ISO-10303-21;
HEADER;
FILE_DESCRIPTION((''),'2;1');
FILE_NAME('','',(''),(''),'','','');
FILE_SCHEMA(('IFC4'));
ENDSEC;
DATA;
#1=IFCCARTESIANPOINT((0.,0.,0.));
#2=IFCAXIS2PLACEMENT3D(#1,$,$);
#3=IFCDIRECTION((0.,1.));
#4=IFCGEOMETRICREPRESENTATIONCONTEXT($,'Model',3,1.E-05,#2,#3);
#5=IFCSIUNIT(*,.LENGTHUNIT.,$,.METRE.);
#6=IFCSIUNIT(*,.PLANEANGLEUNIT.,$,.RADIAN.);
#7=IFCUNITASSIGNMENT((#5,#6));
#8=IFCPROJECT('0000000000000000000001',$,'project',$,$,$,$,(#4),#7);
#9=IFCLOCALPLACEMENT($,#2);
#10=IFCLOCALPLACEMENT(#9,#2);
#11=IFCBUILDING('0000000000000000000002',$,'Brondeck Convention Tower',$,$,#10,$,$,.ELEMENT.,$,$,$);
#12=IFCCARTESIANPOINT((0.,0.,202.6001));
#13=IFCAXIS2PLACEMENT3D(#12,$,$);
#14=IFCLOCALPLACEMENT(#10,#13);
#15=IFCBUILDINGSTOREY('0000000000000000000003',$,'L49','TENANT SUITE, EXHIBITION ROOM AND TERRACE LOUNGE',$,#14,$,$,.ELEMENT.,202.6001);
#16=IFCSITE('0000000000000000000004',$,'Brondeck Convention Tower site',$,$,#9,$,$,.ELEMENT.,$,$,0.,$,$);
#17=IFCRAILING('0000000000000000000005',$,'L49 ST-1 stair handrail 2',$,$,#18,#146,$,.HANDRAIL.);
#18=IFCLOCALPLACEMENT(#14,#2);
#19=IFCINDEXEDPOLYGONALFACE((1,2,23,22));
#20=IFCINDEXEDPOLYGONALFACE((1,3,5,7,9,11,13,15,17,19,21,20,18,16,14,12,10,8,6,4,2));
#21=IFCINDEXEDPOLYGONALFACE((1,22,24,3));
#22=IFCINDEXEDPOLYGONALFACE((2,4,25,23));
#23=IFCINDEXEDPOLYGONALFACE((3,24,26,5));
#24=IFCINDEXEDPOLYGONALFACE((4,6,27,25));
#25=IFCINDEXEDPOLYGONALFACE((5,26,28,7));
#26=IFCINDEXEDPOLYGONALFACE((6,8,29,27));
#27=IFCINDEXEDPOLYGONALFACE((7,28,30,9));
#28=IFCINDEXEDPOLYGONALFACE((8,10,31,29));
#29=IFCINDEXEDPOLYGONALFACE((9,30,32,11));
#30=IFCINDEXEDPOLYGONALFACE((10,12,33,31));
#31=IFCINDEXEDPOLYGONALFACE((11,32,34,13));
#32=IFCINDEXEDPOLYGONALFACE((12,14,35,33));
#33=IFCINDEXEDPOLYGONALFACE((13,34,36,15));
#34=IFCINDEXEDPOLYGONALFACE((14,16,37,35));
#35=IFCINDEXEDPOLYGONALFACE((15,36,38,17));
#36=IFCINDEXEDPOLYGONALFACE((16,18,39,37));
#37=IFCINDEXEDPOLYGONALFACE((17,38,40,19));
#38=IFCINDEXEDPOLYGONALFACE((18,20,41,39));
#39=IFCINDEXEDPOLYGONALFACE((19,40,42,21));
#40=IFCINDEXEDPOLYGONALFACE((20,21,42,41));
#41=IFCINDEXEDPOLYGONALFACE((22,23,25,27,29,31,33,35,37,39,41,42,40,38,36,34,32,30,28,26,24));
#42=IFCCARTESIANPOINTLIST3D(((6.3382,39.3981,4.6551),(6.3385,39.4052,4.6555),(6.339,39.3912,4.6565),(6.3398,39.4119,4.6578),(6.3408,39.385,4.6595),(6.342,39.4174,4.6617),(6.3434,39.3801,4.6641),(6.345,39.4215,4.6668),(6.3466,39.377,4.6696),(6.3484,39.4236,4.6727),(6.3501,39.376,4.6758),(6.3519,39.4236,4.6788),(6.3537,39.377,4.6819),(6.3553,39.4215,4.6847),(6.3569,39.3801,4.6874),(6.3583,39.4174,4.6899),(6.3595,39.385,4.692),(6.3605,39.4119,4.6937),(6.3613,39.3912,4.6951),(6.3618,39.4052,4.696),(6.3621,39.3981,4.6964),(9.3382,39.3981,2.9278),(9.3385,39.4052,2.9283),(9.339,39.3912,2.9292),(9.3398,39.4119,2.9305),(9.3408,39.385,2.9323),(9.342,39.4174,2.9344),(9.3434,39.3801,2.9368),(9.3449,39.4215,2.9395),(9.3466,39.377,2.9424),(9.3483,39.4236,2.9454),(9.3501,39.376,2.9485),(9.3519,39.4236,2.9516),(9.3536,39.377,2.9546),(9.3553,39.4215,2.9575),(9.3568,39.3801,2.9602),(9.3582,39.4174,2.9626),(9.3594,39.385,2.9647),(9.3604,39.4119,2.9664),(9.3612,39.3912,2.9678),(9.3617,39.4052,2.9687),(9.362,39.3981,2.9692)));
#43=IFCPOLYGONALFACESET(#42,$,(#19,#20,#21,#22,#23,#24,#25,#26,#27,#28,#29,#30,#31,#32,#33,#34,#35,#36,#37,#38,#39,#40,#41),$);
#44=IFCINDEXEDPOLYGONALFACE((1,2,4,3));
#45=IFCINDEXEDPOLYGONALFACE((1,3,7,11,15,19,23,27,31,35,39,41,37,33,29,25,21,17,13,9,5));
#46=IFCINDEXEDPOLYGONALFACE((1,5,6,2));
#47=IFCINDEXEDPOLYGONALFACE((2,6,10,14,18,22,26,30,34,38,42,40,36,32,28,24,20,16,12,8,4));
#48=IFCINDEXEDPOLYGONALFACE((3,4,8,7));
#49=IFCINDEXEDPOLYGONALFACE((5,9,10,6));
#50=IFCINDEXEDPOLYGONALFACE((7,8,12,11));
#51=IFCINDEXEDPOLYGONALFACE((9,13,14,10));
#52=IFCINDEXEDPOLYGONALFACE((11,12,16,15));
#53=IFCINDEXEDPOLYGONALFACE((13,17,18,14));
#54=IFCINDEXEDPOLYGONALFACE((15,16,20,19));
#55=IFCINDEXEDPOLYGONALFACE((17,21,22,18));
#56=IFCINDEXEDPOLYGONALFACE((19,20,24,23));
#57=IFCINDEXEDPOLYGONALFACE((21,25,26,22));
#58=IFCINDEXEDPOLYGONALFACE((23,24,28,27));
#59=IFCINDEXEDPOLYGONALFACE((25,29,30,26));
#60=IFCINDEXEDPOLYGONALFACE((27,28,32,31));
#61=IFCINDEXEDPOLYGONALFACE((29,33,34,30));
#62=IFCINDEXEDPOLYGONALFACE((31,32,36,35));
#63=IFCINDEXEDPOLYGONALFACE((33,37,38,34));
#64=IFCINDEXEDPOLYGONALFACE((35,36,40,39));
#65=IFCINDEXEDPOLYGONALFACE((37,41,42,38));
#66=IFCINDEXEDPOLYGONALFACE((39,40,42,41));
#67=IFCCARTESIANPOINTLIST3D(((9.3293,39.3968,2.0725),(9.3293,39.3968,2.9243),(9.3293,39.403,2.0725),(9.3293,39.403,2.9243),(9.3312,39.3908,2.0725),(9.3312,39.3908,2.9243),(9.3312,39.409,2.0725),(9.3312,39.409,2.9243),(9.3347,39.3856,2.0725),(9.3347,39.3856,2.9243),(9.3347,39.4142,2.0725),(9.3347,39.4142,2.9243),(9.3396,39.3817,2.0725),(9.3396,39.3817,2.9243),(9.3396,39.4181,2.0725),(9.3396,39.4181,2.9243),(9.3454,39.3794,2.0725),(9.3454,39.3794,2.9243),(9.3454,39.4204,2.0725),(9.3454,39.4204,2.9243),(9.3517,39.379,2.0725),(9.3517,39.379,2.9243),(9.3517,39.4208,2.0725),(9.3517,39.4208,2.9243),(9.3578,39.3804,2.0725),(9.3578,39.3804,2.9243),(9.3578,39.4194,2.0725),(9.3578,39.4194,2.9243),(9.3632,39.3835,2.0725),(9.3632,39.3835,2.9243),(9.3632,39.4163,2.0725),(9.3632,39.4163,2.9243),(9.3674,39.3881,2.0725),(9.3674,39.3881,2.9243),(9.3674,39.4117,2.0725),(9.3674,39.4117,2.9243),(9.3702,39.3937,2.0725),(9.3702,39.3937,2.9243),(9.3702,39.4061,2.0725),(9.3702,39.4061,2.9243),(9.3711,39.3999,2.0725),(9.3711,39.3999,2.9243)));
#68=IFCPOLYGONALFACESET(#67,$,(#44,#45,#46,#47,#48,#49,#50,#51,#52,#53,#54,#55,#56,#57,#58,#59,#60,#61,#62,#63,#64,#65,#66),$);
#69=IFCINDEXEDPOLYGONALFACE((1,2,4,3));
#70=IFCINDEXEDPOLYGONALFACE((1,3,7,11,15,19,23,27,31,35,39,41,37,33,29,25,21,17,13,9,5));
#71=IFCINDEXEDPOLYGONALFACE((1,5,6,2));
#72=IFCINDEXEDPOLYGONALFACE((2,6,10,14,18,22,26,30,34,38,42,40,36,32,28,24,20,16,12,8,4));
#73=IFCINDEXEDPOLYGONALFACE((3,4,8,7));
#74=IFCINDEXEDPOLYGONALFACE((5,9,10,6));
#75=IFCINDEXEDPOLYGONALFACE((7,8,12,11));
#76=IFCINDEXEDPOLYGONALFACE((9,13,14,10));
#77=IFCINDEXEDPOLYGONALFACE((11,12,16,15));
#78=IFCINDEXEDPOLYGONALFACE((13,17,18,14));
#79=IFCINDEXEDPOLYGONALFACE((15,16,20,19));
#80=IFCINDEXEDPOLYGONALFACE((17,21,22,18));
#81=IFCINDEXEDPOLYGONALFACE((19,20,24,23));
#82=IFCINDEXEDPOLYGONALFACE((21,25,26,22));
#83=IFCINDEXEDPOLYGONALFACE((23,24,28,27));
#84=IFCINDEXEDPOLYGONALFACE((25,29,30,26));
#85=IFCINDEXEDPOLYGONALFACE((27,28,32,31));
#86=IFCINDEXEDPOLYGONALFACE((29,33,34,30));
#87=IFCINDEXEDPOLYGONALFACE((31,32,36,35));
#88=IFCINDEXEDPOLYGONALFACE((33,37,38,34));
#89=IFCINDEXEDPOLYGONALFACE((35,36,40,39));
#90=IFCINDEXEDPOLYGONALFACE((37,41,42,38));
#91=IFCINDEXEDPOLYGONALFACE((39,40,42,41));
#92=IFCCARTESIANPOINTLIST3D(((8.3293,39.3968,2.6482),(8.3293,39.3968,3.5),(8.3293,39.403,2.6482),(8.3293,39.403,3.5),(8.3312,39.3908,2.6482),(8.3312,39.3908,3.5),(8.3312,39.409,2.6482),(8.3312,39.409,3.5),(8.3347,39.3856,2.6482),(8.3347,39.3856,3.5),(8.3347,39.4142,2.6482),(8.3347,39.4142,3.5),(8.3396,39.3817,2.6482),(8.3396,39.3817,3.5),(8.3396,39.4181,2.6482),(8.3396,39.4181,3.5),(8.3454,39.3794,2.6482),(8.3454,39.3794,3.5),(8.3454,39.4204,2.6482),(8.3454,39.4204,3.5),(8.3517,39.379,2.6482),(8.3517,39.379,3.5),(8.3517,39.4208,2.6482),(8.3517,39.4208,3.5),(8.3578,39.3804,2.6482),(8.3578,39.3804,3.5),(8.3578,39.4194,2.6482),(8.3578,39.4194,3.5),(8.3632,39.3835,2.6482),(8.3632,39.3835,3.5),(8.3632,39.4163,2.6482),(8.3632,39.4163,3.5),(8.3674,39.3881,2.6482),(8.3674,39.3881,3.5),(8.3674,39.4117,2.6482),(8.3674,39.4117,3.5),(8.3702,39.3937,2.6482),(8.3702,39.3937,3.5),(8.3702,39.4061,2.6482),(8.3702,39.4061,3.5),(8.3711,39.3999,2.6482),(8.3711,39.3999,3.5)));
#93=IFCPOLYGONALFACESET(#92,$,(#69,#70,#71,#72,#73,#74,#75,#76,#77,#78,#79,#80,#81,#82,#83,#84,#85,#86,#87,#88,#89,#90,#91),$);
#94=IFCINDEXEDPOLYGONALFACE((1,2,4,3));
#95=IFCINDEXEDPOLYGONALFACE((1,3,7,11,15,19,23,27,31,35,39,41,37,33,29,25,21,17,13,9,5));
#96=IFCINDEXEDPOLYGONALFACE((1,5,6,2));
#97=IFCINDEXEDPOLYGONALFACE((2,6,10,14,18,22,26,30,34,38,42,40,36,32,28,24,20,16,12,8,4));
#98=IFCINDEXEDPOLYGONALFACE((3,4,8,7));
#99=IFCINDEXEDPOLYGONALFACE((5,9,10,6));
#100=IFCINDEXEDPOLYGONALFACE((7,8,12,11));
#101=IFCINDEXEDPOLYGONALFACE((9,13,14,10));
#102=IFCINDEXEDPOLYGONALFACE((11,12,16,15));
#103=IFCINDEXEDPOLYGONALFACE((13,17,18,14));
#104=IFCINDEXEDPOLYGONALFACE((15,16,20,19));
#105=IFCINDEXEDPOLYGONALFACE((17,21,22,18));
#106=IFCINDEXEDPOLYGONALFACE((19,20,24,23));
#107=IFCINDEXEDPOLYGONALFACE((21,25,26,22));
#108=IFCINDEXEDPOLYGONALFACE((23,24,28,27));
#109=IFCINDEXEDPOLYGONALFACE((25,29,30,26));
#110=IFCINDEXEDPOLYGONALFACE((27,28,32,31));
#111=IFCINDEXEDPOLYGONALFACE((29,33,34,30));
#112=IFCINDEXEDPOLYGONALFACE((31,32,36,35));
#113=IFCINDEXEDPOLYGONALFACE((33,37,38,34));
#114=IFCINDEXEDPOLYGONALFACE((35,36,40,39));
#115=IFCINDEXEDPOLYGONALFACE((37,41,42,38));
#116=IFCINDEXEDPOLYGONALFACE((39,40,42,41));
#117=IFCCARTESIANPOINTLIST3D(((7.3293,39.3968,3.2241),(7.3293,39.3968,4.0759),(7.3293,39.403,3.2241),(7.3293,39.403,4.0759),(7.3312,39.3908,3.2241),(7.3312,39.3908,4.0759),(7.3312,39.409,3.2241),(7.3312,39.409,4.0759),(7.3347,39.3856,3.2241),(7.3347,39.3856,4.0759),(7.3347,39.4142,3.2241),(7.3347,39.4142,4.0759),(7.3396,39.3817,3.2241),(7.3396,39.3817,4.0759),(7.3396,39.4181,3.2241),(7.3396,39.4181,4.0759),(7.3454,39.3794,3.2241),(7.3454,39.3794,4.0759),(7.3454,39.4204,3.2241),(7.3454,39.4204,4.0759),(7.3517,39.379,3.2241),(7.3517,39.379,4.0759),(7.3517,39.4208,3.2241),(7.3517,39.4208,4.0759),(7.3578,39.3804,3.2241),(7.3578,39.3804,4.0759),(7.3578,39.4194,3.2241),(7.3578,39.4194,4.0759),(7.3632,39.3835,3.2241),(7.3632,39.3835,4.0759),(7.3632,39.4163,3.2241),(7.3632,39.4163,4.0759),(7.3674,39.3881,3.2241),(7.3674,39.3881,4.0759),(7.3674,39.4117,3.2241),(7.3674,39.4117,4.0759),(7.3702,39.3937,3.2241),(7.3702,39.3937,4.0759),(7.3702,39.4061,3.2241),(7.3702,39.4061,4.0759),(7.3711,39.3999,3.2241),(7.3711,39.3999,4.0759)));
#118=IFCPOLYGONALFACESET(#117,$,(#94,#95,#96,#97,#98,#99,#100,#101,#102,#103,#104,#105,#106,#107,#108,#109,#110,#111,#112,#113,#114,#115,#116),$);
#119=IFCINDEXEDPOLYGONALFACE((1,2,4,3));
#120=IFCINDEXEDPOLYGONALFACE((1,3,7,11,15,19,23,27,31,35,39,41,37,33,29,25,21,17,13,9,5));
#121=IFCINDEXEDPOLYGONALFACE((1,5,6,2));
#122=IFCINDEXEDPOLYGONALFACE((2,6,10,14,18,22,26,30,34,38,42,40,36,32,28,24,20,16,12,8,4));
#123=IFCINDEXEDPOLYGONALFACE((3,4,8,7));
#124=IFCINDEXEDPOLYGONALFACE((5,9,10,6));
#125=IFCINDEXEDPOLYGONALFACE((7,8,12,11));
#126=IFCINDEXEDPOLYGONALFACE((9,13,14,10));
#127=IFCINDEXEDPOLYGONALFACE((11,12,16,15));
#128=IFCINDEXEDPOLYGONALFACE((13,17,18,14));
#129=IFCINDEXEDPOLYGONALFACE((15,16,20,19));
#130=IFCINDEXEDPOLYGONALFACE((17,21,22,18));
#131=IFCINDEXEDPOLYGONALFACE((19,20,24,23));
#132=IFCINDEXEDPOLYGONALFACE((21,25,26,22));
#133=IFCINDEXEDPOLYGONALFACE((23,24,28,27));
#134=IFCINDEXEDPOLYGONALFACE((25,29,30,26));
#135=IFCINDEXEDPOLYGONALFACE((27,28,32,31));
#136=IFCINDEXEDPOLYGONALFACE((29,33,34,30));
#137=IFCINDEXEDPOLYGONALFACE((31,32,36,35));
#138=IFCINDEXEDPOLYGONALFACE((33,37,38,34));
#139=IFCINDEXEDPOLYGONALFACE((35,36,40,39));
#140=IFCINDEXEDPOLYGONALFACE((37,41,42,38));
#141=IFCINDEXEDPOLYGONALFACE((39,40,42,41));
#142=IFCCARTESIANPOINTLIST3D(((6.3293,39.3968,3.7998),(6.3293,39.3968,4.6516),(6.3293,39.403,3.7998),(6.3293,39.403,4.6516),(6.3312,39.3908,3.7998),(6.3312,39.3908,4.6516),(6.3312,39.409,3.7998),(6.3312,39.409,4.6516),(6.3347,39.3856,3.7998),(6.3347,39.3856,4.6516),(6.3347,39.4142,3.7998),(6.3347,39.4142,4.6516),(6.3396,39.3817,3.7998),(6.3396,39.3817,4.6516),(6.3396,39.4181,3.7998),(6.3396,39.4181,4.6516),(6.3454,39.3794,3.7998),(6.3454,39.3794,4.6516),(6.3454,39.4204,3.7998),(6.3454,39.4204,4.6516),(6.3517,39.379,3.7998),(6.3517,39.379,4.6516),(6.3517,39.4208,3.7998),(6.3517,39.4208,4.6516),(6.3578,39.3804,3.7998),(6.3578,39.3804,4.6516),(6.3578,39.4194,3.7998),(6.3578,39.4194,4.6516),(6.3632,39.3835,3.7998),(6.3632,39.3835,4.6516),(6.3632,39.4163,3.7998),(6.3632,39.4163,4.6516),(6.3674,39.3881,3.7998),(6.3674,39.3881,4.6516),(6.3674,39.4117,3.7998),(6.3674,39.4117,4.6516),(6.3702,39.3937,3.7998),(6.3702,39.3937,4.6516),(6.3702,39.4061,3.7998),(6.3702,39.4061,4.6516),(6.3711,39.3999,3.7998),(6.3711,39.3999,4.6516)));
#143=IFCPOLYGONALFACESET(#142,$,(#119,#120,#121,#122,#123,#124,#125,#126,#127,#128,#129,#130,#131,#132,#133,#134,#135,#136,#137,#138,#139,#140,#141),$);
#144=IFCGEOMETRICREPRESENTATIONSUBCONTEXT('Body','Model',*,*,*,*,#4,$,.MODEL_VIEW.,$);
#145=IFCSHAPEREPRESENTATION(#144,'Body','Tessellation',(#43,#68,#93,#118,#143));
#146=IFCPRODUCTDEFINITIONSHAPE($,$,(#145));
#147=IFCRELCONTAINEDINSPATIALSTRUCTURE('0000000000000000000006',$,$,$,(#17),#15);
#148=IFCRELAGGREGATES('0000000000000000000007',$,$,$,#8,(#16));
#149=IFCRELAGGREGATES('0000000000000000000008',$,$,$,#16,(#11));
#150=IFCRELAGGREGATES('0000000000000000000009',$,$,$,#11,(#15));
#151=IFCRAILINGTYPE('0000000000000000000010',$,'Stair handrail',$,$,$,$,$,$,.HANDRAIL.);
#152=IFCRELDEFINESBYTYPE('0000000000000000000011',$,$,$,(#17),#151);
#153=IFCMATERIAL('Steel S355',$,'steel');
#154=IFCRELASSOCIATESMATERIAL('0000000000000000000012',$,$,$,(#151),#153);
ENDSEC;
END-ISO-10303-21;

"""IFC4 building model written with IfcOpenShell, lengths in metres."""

from ifc_helpers import new_model, si_unit, direction, frame, origin, origin_2d, place, context, subcontext, project, spatial, circle, extrude, material, type_object, element, save


model = new_model("IFC4")

# Units and contexts
model_context = context("Model", 3, precision=1e-05, world=origin(), true_north=direction((0.0, 1.0)))
body_context = subcontext(model_context, "Body", "Model", "MODEL_VIEW")
ifc_project = project(units=[si_unit("LENGTHUNIT", "METRE"), si_unit("PLANEANGLEUNIT", "RADIAN")], contexts=[model_context])

# Site, building, storey
site_placement = place(None, origin())
site = spatial("IfcSite", under=ifc_project, at=site_placement, Name="Brondeck Convention Tower site", CompositionType="ELEMENT", RefElevation=0.0)
building_placement = place(site_placement, origin())
building = spatial("IfcBuilding", under=site, at=building_placement, Name="Brondeck Convention Tower", CompositionType="ELEMENT")
storey_placement = place(building_placement, frame((0.0, 0.0, 202.6001)))
storey = spatial("IfcBuildingStorey", under=building, at=storey_placement, Name="L49", Description="TENANT SUITE, EXHIBITION ROOM AND TERRACE LOUNGE", CompositionType="ELEMENT", Elevation=202.6001)

# Shared definitions
ifc_material_1 = material(Name="Steel S355", Category="steel")

# Railing
railing_type_1 = type_object("IfcRailingType", Name="Stair handrail", PredefinedType="HANDRAIL", material=ifc_material_1)
railing_1_placement = place(storey_placement, frame((9.3501, 39.3999, 2.0725)))
element("IfcRailing", 1, at=railing_1_placement, inside=storey, type_object=railing_type_1, Name="L49 ST-1 stair handrail 2", PredefinedType="HANDRAIL", context=body_context, shape_type="SweptSolid", body=[
    extrude(circle(Radius=0.0239, at=origin_2d()), frame((0.0, 0.0, 0.876), z_axis=(-0.86662, 0.0, 0.498969), x_axis=(0.0, -1.0, 0.0)), (0.0, 0.0, 1.0), 3.4617),
    extrude(circle(Radius=0.021, at=origin_2d()), origin(), (0.0, 0.0, 1.0), 0.8518),
    extrude(circle(Radius=0.021, at=origin_2d()), frame((-1.0, 0.0, 0.5757)), (0.0, 0.0, 1.0), 0.8518),
    extrude(circle(Radius=0.021, at=origin_2d()), frame((-2.0, 0.0, 1.1516)), (0.0, 0.0, 1.0), 0.8518),
    extrude(circle(Radius=0.021, at=origin_2d()), frame((-3.0, 0.0, 1.7273)), (0.0, 0.0, 1.0), 0.8518),
])

save(model, "model.ifc")
